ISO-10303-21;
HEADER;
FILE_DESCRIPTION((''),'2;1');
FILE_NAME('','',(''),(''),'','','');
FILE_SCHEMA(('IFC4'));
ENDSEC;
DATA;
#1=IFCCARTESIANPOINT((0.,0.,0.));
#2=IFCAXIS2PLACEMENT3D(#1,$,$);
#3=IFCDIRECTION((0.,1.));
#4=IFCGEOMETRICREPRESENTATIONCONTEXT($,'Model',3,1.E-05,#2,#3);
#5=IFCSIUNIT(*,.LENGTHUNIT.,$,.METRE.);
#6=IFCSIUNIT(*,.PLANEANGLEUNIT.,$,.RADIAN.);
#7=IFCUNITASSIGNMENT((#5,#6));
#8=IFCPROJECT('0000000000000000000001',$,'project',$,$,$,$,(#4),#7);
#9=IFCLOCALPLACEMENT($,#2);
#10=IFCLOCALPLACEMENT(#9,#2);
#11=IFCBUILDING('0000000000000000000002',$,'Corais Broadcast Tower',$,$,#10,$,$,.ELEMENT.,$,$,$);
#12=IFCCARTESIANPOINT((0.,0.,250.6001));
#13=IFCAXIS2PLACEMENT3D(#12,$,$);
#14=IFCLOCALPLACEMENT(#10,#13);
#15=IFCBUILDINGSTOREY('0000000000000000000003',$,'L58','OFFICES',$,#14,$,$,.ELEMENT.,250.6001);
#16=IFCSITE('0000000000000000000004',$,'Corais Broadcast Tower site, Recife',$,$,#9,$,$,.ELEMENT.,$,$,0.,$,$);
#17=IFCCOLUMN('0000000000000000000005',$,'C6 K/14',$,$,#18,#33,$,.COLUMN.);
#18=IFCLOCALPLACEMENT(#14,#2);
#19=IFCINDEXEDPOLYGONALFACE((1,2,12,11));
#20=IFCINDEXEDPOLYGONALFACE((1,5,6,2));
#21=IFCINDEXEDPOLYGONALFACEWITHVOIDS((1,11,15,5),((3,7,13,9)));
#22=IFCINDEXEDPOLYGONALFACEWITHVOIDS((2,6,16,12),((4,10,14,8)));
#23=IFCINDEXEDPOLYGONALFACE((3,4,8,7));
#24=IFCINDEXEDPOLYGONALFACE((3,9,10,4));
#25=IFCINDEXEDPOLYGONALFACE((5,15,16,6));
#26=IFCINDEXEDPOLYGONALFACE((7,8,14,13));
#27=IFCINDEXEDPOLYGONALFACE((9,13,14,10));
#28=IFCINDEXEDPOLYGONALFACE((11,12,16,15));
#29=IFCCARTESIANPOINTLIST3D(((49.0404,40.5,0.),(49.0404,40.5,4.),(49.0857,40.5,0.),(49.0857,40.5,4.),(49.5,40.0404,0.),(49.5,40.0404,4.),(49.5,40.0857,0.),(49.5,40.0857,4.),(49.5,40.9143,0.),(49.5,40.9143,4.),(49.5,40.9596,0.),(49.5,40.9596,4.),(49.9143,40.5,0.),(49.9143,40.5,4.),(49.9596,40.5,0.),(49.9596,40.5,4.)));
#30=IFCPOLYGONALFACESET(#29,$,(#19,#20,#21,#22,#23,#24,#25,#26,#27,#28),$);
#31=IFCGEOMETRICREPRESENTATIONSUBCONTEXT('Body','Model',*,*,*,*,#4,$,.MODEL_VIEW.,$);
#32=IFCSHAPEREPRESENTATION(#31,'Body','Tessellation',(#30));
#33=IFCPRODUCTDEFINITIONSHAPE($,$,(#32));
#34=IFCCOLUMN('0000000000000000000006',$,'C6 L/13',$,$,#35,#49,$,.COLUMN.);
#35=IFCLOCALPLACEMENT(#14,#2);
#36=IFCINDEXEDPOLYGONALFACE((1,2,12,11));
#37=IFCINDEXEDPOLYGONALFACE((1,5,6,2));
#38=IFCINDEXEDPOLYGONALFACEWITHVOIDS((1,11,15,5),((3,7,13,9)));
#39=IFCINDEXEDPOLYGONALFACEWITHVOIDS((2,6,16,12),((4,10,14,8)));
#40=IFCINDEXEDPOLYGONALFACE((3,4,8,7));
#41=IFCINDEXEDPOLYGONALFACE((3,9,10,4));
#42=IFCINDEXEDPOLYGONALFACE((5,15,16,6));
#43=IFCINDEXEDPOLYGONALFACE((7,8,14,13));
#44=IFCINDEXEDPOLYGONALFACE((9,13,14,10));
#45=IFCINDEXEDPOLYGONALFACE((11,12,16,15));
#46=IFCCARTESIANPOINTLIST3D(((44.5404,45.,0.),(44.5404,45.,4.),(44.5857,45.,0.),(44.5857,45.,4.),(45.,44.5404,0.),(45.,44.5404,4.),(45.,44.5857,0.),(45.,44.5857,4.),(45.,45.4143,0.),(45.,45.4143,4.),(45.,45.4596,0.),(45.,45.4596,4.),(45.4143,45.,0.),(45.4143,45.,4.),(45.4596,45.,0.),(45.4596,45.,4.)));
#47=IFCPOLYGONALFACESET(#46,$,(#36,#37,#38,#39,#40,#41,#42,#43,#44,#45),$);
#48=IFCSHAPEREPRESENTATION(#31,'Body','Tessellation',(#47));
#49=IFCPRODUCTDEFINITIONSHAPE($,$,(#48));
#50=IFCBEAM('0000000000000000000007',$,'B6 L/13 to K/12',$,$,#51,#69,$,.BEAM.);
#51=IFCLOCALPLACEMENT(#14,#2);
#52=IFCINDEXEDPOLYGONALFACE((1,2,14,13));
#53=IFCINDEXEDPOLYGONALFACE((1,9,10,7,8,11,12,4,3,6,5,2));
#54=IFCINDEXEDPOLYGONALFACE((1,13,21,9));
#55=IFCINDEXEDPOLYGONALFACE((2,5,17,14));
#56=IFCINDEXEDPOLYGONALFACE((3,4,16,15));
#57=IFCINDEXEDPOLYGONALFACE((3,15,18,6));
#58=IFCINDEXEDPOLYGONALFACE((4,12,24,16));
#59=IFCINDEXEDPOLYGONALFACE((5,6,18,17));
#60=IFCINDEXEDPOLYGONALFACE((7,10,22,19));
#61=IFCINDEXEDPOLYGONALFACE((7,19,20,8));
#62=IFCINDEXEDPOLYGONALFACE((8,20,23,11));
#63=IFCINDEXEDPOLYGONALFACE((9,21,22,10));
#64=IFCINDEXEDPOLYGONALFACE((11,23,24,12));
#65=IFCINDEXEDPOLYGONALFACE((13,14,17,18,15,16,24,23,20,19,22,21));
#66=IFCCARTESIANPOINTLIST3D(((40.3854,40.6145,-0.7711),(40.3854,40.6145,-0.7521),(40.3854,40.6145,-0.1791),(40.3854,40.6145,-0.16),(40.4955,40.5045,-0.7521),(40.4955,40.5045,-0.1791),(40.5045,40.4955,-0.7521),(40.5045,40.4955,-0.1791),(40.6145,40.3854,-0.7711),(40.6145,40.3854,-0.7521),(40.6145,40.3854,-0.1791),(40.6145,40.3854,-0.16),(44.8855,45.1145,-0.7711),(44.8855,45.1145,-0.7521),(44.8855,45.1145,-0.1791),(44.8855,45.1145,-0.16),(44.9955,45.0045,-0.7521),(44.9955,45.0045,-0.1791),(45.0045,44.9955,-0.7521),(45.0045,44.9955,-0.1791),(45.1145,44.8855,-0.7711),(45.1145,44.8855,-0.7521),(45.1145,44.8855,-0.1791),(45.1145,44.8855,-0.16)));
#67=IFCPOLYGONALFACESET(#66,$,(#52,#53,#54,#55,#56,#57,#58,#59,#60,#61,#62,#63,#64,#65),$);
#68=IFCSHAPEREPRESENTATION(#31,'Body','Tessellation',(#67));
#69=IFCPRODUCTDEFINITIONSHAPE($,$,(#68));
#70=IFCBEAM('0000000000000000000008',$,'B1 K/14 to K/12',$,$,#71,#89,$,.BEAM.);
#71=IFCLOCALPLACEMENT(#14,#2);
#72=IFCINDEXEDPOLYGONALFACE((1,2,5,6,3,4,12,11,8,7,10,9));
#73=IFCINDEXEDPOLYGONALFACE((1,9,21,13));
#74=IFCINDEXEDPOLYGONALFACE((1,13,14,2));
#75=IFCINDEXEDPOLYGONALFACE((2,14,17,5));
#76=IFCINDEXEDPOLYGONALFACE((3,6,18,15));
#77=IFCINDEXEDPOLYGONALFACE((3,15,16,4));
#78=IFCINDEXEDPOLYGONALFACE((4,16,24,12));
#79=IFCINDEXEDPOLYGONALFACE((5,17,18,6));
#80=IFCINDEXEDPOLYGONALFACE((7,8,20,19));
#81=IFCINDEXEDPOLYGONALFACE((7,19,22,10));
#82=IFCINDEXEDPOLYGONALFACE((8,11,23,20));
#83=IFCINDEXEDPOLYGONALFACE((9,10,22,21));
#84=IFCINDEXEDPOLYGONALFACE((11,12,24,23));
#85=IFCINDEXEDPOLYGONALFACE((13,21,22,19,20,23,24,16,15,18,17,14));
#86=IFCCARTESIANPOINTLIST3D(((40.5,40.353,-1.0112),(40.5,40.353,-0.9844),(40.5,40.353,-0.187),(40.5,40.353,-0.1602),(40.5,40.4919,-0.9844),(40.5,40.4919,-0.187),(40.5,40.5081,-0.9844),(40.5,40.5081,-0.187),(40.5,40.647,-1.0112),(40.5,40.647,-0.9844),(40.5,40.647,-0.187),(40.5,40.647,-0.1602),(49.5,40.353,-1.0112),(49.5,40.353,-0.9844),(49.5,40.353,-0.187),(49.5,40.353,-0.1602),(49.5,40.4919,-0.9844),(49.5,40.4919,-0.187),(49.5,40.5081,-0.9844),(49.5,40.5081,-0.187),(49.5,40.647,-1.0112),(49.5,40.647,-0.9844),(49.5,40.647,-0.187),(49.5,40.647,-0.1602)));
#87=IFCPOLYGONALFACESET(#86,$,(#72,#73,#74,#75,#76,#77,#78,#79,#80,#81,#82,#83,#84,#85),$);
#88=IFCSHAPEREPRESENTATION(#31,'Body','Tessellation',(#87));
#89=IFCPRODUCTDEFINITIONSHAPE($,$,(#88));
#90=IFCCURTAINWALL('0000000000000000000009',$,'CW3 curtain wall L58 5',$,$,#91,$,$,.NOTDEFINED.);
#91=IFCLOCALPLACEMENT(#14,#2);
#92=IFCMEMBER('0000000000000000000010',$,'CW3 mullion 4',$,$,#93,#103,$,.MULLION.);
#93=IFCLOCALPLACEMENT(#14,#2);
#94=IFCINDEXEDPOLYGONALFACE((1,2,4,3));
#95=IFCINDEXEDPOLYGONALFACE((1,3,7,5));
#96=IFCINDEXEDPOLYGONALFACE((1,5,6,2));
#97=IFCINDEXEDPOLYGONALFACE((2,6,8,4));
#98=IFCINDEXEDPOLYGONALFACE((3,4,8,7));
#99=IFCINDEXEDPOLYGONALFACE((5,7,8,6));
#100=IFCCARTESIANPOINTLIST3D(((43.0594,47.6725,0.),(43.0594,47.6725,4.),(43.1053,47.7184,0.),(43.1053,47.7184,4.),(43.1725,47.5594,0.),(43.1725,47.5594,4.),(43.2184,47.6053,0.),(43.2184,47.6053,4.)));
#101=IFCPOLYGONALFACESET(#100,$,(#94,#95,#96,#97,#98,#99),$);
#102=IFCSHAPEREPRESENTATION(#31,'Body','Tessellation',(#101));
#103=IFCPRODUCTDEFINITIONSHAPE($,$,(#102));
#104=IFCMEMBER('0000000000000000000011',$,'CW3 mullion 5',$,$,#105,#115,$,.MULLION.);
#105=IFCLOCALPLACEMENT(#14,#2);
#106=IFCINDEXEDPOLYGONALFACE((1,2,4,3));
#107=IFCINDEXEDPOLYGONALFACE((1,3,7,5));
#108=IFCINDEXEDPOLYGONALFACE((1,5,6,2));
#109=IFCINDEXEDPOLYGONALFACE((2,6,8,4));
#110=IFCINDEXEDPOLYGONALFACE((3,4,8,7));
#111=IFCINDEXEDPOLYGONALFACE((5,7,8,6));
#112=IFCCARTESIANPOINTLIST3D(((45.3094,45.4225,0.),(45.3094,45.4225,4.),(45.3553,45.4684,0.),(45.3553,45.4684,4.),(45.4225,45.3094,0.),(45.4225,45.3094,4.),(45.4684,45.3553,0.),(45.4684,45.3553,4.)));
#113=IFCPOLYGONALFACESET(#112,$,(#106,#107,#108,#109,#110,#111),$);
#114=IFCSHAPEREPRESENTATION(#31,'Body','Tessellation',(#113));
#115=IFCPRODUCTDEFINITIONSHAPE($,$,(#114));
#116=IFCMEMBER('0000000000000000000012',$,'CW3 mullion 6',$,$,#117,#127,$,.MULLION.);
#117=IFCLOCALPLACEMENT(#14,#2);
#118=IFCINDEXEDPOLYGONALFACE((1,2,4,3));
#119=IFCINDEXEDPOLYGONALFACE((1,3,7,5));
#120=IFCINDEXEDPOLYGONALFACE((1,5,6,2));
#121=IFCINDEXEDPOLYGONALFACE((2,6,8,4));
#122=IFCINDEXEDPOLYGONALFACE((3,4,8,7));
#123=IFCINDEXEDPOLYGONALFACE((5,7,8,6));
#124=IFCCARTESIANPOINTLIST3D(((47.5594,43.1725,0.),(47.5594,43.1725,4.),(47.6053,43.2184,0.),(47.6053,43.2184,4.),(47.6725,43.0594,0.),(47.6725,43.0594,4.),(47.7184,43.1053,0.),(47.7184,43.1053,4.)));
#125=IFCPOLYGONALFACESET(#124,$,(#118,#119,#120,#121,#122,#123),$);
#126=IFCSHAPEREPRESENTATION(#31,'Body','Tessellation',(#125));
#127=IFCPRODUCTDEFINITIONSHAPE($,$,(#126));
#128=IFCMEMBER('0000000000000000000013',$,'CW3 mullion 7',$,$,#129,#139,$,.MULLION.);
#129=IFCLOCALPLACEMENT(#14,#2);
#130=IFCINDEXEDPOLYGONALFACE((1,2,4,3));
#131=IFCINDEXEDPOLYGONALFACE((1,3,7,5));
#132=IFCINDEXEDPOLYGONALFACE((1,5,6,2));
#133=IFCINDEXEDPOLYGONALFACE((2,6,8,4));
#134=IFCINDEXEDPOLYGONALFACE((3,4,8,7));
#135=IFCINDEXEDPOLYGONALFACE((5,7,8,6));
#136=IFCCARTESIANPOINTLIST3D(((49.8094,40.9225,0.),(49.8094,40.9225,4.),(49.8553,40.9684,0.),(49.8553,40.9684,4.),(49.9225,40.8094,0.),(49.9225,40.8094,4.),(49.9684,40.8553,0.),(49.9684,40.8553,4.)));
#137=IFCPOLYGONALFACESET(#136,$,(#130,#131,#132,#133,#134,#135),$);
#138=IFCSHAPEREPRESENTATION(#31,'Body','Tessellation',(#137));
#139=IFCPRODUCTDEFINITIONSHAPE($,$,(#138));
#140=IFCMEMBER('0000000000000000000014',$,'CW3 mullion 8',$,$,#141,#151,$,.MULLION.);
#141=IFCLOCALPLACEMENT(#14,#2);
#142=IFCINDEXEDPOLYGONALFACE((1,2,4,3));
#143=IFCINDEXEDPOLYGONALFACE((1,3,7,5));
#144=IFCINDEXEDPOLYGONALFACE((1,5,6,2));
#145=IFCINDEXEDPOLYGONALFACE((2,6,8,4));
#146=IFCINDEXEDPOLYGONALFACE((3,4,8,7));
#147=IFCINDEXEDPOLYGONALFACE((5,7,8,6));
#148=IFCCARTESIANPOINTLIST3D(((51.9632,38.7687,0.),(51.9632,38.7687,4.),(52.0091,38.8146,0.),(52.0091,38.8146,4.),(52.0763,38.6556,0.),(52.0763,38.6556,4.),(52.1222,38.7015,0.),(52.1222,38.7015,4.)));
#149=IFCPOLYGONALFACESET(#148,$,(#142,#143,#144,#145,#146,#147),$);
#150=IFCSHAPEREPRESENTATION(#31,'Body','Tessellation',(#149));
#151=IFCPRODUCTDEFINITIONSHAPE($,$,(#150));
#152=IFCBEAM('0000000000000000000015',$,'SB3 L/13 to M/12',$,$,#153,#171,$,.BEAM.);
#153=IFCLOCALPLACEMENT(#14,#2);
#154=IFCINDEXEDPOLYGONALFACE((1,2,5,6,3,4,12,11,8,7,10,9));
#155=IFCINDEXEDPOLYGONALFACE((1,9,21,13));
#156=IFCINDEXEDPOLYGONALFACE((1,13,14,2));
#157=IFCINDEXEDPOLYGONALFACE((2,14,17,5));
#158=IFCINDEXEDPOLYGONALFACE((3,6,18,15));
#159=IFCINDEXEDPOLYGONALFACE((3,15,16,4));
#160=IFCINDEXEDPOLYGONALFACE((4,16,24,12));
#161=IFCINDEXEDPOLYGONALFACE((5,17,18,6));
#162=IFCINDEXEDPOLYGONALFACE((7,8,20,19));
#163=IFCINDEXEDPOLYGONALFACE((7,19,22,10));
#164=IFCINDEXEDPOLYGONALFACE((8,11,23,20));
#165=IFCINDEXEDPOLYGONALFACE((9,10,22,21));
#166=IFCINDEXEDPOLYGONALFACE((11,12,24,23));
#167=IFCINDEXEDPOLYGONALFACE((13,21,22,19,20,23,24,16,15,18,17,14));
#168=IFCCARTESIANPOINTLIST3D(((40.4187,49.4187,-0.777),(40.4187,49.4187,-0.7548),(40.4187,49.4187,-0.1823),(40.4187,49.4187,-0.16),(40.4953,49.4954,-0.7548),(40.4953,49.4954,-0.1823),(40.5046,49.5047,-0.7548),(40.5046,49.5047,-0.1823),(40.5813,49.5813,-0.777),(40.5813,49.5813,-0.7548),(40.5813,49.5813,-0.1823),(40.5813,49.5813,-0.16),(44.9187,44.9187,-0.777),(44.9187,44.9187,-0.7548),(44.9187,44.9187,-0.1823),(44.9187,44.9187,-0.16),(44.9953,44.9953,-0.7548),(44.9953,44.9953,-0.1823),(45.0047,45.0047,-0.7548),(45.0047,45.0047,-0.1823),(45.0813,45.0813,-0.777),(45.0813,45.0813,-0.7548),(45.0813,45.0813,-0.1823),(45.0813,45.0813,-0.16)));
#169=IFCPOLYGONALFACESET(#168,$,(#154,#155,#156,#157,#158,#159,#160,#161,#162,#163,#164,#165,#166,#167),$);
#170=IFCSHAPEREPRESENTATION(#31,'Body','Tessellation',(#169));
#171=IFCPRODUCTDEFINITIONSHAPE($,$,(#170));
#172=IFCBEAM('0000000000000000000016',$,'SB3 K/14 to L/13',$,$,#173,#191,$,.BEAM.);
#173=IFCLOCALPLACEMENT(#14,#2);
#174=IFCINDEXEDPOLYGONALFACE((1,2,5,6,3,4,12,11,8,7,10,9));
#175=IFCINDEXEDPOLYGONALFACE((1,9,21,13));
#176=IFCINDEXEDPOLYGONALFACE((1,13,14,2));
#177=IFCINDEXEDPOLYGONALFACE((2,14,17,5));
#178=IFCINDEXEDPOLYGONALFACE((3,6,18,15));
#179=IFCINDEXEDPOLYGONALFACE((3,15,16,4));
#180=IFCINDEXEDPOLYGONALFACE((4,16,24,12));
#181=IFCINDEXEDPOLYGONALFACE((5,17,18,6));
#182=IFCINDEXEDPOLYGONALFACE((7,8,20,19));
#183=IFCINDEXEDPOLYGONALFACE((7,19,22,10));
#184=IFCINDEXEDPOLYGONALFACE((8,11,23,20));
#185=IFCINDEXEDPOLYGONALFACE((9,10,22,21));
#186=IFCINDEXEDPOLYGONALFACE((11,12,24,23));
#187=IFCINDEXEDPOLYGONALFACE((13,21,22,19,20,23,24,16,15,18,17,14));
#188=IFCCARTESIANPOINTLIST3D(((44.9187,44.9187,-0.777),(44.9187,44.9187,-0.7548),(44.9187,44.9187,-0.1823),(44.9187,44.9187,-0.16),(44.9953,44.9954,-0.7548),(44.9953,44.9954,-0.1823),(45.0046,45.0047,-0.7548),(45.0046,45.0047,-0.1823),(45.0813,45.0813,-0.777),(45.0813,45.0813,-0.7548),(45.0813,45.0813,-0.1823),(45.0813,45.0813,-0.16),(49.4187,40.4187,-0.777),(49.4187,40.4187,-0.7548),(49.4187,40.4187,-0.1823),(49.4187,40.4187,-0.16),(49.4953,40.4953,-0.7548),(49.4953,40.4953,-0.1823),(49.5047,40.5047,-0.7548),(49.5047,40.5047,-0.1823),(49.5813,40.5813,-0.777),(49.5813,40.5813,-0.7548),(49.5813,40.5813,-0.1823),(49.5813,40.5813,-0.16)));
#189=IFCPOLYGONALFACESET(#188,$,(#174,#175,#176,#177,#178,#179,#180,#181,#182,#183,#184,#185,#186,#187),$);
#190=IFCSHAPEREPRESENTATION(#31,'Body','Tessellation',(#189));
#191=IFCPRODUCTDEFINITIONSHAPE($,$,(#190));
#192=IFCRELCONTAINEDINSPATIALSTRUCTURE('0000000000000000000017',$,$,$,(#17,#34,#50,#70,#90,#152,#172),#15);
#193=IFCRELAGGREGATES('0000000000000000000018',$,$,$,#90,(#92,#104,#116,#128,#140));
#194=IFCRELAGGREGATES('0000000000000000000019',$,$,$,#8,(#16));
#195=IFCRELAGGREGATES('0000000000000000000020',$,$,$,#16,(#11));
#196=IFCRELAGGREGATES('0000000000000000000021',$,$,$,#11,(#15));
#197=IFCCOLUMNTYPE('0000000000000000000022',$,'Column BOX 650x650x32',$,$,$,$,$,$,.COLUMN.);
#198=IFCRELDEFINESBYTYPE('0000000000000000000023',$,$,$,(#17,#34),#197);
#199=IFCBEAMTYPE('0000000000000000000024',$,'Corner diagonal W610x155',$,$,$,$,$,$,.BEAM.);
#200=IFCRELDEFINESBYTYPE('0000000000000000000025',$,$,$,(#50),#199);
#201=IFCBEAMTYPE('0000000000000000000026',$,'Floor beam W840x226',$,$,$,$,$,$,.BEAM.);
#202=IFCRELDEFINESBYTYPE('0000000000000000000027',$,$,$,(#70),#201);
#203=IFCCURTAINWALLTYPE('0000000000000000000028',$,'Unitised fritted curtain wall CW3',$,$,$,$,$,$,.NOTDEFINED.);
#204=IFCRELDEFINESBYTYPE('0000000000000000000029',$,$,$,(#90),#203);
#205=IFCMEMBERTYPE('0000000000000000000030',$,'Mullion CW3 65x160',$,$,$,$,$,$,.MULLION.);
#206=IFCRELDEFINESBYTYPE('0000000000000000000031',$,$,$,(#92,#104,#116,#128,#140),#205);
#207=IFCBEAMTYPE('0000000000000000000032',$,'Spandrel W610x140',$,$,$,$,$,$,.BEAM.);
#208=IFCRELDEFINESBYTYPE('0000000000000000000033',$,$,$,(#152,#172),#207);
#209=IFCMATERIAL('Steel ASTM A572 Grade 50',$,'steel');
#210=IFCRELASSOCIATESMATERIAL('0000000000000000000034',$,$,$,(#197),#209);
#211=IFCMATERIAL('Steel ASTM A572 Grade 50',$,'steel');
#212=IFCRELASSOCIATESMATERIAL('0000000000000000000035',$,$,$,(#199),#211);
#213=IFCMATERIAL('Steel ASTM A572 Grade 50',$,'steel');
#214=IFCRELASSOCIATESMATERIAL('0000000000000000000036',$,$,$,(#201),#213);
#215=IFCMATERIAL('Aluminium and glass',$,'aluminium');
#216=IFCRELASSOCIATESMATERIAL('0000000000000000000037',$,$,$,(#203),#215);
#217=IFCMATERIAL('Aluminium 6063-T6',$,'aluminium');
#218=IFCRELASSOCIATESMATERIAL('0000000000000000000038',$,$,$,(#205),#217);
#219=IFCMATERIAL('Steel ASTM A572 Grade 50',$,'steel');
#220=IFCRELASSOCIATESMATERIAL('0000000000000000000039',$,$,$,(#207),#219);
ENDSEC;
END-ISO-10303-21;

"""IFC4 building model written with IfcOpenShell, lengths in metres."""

from ifc_helpers import new_model, si_unit, direction, frame, origin, origin_2d, place, context, subcontext, project, spatial, rectangle, hollow_rectangle, i_section, extrude, material, material_profile, profile_set, type_object, element, aggregate, save


model = new_model("IFC4")

# Units and contexts
model_context = context("Model", 3, precision=1e-05, world=origin(), true_north=direction((0.0, 1.0)))
body_context = subcontext(model_context, "Body", "Model", "MODEL_VIEW")
ifc_project = project(units=[si_unit("LENGTHUNIT", "METRE"), si_unit("PLANEANGLEUNIT", "RADIAN")], contexts=[model_context])

# Site, building, storey
site_placement = place(None, origin())
site = spatial("IfcSite", under=ifc_project, at=site_placement, Name="Corais Broadcast Tower site, Recife", CompositionType="ELEMENT", RefElevation=0.0)
building_placement = place(site_placement, origin())
building = spatial("IfcBuilding", under=site, at=building_placement, Name="Corais Broadcast Tower", CompositionType="ELEMENT")
storey_placement = place(building_placement, frame((0.0, 0.0, 250.6001)))
storey = spatial("IfcBuildingStorey", under=building, at=storey_placement, Name="L58", Description="OFFICES", CompositionType="ELEMENT", Elevation=250.6001)

# Columns
ifc_material_1 = material(Name="Steel ASTM A572 Grade 50", Category="steel")
ifc_material_profile_1 = material_profile(ifc_material_1, hollow_rectangle(XDim=0.6499, YDim=0.6499, WallThickness=0.032, at=origin_2d()), Name="BOX 650x650x32")
ifc_profile_set_1 = profile_set([ifc_material_profile_1], Name="Steel ASTM A572 Grade 50")
column_type = type_object("IfcColumnType", Name="Column BOX 650x650x32", PredefinedType="COLUMN", material=ifc_profile_set_1)
for number, where, z_axis, x_axis, name in (
    (1, (49.5, 40.5, 0.0), (0.0, 0.0, 1.0), (0.707107, 0.707107, 0.0), "C6 K/14"),
    (2, (45.0, 45.0, 0.0), (0.0, 0.0, 1.0), (0.707107, 0.707107, 0.0), "C6 L/13"),
):
    element("IfcColumn", number, at=place(storey_placement, frame(where, z_axis=z_axis, x_axis=x_axis)), inside=storey, type_object=column_type, Name=name, PredefinedType="COLUMN", context=body_context, shape_type="SweptSolid", body=[
        extrude(hollow_rectangle(XDim=0.6499, YDim=0.6499, WallThickness=0.032, at=origin_2d()), origin(), (0.0, 0.0, 1.0), 4.0),
    ])

# Beams
ifc_material_2 = material(Name="Steel ASTM A572 Grade 50", Category="steel")
ifc_material_profile_2 = material_profile(ifc_material_2, i_section(OverallWidth=0.324, OverallDepth=0.6111, WebThickness=0.0127, FlangeThickness=0.019, at=origin_2d()), Name="W610x155")
ifc_profile_set_2 = profile_set([ifc_material_profile_2], Name="Steel ASTM A572 Grade 50")
beam_type_1 = type_object("IfcBeamType", Name="Corner diagonal W610x155", PredefinedType="BEAM", material=ifc_profile_set_2)
beam_1_placement = place(storey_placement, frame((45.0, 45.0, -0.4656), z_axis=(-0.707107, -0.707107, 0.0), x_axis=(0.707107, -0.707107, 0.0)))
element("IfcBeam", 3, at=beam_1_placement, inside=storey, type_object=beam_type_1, Name="B6 L/13 to K/12", PredefinedType="BEAM", context=body_context, shape_type="SweptSolid", body=[
    extrude(i_section(OverallWidth=0.324, OverallDepth=0.6111, WebThickness=0.0127, FlangeThickness=0.019, at=origin_2d()), origin(), (0.0, 0.0, 1.0), 6.364),
])
ifc_material_3 = material(Name="Steel ASTM A572 Grade 50", Category="steel")
ifc_material_profile_3 = material_profile(ifc_material_3, i_section(OverallWidth=0.2939, OverallDepth=0.8511, WebThickness=0.0161, FlangeThickness=0.0269, at=origin_2d()), Name="W840x226")
ifc_profile_set_3 = profile_set([ifc_material_profile_3], Name="Steel ASTM A572 Grade 50")
beam_type_2 = type_object("IfcBeamType", Name="Floor beam W840x226", PredefinedType="BEAM", material=ifc_profile_set_3)
beam_2_placement = place(storey_placement, frame((49.5, 40.5, -0.5857), z_axis=(-1.0, 0.0, 0.0), x_axis=(0.0, -1.0, 0.0)))
element("IfcBeam", 4, at=beam_2_placement, inside=storey, type_object=beam_type_2, Name="B1 K/14 to K/12", PredefinedType="BEAM", context=body_context, shape_type="SweptSolid", body=[
    extrude(i_section(OverallWidth=0.2939, OverallDepth=0.8511, WebThickness=0.0161, FlangeThickness=0.0269, at=origin_2d()), origin(), (0.0, 0.0, 1.0), 9.0),
])

# Curtain wall, members
ifc_material_4 = material(Name="Aluminium and glass", Category="aluminium")
curtain_wall_type = type_object("IfcCurtainWallType", Name="Unitised fritted curtain wall CW3", PredefinedType="NOTDEFINED", material=ifc_material_4)
curtain_wall_placement = place(storey_placement, origin())
curtain_wall = element("IfcCurtainWall", 5, at=curtain_wall_placement, inside=storey, type_object=curtain_wall_type, Name="CW3 curtain wall L58 5", PredefinedType="NOTDEFINED")
ifc_material_5 = material(Name="Aluminium 6063-T6", Category="aluminium")
ifc_material_profile_4 = material_profile(ifc_material_5, rectangle(XDim=0.0649, YDim=0.1599, at=origin_2d()), Name="Mullion CW3 65x160")
ifc_profile_set_4 = profile_set([ifc_material_profile_4], Name="Aluminium 6063-T6")
member_type_1 = type_object("IfcMemberType", Name="Mullion CW3 65x160", PredefinedType="MULLION", material=ifc_profile_set_4)
member_1_placement = place(storey_placement, frame((43.1389, 47.6389, 0.0), z_axis=(0.0, 0.0, 1.0), x_axis=(0.707107, 0.707107, 0.0)))
member_1 = element("IfcMember", 6, at=member_1_placement, type_object=member_type_1, Name="CW3 mullion 4", PredefinedType="MULLION", context=body_context, shape_type="SweptSolid", body=[
    extrude(rectangle(XDim=0.0649, YDim=0.1599, at=origin_2d()), origin(), (0.0, 0.0, 1.0), 4.0),
])
member_2_placement = place(storey_placement, frame((45.3889, 45.3889, 0.0), z_axis=(0.0, 0.0, 1.0), x_axis=(0.707107, 0.707107, 0.0)))
member_2 = element("IfcMember", 7, at=member_2_placement, type_object=member_type_1, Name="CW3 mullion 5", PredefinedType="MULLION", context=body_context, shape_type="SweptSolid", body=[
    extrude(rectangle(XDim=0.0649, YDim=0.1599, at=origin_2d()), origin(), (0.0, 0.0, 1.0), 4.0),
])
member_3_placement = place(storey_placement, frame((47.6389, 43.1389, 0.0), z_axis=(0.0, 0.0, 1.0), x_axis=(0.707107, 0.707107, 0.0)))
member_3 = element("IfcMember", 8, at=member_3_placement, type_object=member_type_1, Name="CW3 mullion 6", PredefinedType="MULLION", context=body_context, shape_type="SweptSolid", body=[
    extrude(rectangle(XDim=0.0649, YDim=0.1599, at=origin_2d()), origin(), (0.0, 0.0, 1.0), 4.0),
])
member_4_placement = place(storey_placement, frame((49.8889, 40.8889, 0.0), z_axis=(0.0, 0.0, 1.0), x_axis=(0.707107, 0.707107, 0.0)))
member_4 = element("IfcMember", 9, at=member_4_placement, type_object=member_type_1, Name="CW3 mullion 7", PredefinedType="MULLION", context=body_context, shape_type="SweptSolid", body=[
    extrude(rectangle(XDim=0.0649, YDim=0.1599, at=origin_2d()), origin(), (0.0, 0.0, 1.0), 4.0),
])
member_5_placement = place(storey_placement, frame((52.0427, 38.7351, 0.0), z_axis=(0.0, 0.0, 1.0), x_axis=(0.707107, 0.707107, 0.0)))
member_5 = element("IfcMember", 10, at=member_5_placement, type_object=member_type_1, Name="CW3 mullion 8", PredefinedType="MULLION", context=body_context, shape_type="SweptSolid", body=[
    extrude(rectangle(XDim=0.0649, YDim=0.1599, at=origin_2d()), origin(), (0.0, 0.0, 1.0), 4.0),
])

# Beams
ifc_material_6 = material(Name="Steel ASTM A572 Grade 50", Category="steel")
ifc_material_profile_5 = material_profile(ifc_material_6, i_section(OverallWidth=0.23, OverallDepth=0.6169, WebThickness=0.0132, FlangeThickness=0.0222, at=origin_2d()), Name="W610x140")
ifc_profile_set_5 = profile_set([ifc_material_profile_5], Name="Steel ASTM A572 Grade 50")
beam_type_3 = type_object("IfcBeamType", Name="Spandrel W610x140", PredefinedType="BEAM", material=ifc_profile_set_5)
for number, where, z_axis, x_axis, name in (
    (11, (45.0, 45.0, -0.4685), (-0.707107, 0.707107, 0.0), (-0.707107, -0.707107, 0.0), "SB3 L/13 to M/12"),
    (12, (49.5, 40.5, -0.4685), (-0.707107, 0.707107, 0.0), (-0.707107, -0.707107, 0.0), "SB3 K/14 to L/13"),
):
    element("IfcBeam", number, at=place(storey_placement, frame(where, z_axis=z_axis, x_axis=x_axis)), inside=storey, type_object=beam_type_3, Name=name, PredefinedType="BEAM", context=body_context, shape_type="SweptSolid", body=[
        extrude(i_section(OverallWidth=0.23, OverallDepth=0.6169, WebThickness=0.0132, FlangeThickness=0.0222, at=origin_2d()), origin(), (0.0, 0.0, 1.0), 6.364),
    ])

aggregate(curtain_wall, [member_1, member_2, member_3, member_4, member_5])

save(model, "model.ifc")
